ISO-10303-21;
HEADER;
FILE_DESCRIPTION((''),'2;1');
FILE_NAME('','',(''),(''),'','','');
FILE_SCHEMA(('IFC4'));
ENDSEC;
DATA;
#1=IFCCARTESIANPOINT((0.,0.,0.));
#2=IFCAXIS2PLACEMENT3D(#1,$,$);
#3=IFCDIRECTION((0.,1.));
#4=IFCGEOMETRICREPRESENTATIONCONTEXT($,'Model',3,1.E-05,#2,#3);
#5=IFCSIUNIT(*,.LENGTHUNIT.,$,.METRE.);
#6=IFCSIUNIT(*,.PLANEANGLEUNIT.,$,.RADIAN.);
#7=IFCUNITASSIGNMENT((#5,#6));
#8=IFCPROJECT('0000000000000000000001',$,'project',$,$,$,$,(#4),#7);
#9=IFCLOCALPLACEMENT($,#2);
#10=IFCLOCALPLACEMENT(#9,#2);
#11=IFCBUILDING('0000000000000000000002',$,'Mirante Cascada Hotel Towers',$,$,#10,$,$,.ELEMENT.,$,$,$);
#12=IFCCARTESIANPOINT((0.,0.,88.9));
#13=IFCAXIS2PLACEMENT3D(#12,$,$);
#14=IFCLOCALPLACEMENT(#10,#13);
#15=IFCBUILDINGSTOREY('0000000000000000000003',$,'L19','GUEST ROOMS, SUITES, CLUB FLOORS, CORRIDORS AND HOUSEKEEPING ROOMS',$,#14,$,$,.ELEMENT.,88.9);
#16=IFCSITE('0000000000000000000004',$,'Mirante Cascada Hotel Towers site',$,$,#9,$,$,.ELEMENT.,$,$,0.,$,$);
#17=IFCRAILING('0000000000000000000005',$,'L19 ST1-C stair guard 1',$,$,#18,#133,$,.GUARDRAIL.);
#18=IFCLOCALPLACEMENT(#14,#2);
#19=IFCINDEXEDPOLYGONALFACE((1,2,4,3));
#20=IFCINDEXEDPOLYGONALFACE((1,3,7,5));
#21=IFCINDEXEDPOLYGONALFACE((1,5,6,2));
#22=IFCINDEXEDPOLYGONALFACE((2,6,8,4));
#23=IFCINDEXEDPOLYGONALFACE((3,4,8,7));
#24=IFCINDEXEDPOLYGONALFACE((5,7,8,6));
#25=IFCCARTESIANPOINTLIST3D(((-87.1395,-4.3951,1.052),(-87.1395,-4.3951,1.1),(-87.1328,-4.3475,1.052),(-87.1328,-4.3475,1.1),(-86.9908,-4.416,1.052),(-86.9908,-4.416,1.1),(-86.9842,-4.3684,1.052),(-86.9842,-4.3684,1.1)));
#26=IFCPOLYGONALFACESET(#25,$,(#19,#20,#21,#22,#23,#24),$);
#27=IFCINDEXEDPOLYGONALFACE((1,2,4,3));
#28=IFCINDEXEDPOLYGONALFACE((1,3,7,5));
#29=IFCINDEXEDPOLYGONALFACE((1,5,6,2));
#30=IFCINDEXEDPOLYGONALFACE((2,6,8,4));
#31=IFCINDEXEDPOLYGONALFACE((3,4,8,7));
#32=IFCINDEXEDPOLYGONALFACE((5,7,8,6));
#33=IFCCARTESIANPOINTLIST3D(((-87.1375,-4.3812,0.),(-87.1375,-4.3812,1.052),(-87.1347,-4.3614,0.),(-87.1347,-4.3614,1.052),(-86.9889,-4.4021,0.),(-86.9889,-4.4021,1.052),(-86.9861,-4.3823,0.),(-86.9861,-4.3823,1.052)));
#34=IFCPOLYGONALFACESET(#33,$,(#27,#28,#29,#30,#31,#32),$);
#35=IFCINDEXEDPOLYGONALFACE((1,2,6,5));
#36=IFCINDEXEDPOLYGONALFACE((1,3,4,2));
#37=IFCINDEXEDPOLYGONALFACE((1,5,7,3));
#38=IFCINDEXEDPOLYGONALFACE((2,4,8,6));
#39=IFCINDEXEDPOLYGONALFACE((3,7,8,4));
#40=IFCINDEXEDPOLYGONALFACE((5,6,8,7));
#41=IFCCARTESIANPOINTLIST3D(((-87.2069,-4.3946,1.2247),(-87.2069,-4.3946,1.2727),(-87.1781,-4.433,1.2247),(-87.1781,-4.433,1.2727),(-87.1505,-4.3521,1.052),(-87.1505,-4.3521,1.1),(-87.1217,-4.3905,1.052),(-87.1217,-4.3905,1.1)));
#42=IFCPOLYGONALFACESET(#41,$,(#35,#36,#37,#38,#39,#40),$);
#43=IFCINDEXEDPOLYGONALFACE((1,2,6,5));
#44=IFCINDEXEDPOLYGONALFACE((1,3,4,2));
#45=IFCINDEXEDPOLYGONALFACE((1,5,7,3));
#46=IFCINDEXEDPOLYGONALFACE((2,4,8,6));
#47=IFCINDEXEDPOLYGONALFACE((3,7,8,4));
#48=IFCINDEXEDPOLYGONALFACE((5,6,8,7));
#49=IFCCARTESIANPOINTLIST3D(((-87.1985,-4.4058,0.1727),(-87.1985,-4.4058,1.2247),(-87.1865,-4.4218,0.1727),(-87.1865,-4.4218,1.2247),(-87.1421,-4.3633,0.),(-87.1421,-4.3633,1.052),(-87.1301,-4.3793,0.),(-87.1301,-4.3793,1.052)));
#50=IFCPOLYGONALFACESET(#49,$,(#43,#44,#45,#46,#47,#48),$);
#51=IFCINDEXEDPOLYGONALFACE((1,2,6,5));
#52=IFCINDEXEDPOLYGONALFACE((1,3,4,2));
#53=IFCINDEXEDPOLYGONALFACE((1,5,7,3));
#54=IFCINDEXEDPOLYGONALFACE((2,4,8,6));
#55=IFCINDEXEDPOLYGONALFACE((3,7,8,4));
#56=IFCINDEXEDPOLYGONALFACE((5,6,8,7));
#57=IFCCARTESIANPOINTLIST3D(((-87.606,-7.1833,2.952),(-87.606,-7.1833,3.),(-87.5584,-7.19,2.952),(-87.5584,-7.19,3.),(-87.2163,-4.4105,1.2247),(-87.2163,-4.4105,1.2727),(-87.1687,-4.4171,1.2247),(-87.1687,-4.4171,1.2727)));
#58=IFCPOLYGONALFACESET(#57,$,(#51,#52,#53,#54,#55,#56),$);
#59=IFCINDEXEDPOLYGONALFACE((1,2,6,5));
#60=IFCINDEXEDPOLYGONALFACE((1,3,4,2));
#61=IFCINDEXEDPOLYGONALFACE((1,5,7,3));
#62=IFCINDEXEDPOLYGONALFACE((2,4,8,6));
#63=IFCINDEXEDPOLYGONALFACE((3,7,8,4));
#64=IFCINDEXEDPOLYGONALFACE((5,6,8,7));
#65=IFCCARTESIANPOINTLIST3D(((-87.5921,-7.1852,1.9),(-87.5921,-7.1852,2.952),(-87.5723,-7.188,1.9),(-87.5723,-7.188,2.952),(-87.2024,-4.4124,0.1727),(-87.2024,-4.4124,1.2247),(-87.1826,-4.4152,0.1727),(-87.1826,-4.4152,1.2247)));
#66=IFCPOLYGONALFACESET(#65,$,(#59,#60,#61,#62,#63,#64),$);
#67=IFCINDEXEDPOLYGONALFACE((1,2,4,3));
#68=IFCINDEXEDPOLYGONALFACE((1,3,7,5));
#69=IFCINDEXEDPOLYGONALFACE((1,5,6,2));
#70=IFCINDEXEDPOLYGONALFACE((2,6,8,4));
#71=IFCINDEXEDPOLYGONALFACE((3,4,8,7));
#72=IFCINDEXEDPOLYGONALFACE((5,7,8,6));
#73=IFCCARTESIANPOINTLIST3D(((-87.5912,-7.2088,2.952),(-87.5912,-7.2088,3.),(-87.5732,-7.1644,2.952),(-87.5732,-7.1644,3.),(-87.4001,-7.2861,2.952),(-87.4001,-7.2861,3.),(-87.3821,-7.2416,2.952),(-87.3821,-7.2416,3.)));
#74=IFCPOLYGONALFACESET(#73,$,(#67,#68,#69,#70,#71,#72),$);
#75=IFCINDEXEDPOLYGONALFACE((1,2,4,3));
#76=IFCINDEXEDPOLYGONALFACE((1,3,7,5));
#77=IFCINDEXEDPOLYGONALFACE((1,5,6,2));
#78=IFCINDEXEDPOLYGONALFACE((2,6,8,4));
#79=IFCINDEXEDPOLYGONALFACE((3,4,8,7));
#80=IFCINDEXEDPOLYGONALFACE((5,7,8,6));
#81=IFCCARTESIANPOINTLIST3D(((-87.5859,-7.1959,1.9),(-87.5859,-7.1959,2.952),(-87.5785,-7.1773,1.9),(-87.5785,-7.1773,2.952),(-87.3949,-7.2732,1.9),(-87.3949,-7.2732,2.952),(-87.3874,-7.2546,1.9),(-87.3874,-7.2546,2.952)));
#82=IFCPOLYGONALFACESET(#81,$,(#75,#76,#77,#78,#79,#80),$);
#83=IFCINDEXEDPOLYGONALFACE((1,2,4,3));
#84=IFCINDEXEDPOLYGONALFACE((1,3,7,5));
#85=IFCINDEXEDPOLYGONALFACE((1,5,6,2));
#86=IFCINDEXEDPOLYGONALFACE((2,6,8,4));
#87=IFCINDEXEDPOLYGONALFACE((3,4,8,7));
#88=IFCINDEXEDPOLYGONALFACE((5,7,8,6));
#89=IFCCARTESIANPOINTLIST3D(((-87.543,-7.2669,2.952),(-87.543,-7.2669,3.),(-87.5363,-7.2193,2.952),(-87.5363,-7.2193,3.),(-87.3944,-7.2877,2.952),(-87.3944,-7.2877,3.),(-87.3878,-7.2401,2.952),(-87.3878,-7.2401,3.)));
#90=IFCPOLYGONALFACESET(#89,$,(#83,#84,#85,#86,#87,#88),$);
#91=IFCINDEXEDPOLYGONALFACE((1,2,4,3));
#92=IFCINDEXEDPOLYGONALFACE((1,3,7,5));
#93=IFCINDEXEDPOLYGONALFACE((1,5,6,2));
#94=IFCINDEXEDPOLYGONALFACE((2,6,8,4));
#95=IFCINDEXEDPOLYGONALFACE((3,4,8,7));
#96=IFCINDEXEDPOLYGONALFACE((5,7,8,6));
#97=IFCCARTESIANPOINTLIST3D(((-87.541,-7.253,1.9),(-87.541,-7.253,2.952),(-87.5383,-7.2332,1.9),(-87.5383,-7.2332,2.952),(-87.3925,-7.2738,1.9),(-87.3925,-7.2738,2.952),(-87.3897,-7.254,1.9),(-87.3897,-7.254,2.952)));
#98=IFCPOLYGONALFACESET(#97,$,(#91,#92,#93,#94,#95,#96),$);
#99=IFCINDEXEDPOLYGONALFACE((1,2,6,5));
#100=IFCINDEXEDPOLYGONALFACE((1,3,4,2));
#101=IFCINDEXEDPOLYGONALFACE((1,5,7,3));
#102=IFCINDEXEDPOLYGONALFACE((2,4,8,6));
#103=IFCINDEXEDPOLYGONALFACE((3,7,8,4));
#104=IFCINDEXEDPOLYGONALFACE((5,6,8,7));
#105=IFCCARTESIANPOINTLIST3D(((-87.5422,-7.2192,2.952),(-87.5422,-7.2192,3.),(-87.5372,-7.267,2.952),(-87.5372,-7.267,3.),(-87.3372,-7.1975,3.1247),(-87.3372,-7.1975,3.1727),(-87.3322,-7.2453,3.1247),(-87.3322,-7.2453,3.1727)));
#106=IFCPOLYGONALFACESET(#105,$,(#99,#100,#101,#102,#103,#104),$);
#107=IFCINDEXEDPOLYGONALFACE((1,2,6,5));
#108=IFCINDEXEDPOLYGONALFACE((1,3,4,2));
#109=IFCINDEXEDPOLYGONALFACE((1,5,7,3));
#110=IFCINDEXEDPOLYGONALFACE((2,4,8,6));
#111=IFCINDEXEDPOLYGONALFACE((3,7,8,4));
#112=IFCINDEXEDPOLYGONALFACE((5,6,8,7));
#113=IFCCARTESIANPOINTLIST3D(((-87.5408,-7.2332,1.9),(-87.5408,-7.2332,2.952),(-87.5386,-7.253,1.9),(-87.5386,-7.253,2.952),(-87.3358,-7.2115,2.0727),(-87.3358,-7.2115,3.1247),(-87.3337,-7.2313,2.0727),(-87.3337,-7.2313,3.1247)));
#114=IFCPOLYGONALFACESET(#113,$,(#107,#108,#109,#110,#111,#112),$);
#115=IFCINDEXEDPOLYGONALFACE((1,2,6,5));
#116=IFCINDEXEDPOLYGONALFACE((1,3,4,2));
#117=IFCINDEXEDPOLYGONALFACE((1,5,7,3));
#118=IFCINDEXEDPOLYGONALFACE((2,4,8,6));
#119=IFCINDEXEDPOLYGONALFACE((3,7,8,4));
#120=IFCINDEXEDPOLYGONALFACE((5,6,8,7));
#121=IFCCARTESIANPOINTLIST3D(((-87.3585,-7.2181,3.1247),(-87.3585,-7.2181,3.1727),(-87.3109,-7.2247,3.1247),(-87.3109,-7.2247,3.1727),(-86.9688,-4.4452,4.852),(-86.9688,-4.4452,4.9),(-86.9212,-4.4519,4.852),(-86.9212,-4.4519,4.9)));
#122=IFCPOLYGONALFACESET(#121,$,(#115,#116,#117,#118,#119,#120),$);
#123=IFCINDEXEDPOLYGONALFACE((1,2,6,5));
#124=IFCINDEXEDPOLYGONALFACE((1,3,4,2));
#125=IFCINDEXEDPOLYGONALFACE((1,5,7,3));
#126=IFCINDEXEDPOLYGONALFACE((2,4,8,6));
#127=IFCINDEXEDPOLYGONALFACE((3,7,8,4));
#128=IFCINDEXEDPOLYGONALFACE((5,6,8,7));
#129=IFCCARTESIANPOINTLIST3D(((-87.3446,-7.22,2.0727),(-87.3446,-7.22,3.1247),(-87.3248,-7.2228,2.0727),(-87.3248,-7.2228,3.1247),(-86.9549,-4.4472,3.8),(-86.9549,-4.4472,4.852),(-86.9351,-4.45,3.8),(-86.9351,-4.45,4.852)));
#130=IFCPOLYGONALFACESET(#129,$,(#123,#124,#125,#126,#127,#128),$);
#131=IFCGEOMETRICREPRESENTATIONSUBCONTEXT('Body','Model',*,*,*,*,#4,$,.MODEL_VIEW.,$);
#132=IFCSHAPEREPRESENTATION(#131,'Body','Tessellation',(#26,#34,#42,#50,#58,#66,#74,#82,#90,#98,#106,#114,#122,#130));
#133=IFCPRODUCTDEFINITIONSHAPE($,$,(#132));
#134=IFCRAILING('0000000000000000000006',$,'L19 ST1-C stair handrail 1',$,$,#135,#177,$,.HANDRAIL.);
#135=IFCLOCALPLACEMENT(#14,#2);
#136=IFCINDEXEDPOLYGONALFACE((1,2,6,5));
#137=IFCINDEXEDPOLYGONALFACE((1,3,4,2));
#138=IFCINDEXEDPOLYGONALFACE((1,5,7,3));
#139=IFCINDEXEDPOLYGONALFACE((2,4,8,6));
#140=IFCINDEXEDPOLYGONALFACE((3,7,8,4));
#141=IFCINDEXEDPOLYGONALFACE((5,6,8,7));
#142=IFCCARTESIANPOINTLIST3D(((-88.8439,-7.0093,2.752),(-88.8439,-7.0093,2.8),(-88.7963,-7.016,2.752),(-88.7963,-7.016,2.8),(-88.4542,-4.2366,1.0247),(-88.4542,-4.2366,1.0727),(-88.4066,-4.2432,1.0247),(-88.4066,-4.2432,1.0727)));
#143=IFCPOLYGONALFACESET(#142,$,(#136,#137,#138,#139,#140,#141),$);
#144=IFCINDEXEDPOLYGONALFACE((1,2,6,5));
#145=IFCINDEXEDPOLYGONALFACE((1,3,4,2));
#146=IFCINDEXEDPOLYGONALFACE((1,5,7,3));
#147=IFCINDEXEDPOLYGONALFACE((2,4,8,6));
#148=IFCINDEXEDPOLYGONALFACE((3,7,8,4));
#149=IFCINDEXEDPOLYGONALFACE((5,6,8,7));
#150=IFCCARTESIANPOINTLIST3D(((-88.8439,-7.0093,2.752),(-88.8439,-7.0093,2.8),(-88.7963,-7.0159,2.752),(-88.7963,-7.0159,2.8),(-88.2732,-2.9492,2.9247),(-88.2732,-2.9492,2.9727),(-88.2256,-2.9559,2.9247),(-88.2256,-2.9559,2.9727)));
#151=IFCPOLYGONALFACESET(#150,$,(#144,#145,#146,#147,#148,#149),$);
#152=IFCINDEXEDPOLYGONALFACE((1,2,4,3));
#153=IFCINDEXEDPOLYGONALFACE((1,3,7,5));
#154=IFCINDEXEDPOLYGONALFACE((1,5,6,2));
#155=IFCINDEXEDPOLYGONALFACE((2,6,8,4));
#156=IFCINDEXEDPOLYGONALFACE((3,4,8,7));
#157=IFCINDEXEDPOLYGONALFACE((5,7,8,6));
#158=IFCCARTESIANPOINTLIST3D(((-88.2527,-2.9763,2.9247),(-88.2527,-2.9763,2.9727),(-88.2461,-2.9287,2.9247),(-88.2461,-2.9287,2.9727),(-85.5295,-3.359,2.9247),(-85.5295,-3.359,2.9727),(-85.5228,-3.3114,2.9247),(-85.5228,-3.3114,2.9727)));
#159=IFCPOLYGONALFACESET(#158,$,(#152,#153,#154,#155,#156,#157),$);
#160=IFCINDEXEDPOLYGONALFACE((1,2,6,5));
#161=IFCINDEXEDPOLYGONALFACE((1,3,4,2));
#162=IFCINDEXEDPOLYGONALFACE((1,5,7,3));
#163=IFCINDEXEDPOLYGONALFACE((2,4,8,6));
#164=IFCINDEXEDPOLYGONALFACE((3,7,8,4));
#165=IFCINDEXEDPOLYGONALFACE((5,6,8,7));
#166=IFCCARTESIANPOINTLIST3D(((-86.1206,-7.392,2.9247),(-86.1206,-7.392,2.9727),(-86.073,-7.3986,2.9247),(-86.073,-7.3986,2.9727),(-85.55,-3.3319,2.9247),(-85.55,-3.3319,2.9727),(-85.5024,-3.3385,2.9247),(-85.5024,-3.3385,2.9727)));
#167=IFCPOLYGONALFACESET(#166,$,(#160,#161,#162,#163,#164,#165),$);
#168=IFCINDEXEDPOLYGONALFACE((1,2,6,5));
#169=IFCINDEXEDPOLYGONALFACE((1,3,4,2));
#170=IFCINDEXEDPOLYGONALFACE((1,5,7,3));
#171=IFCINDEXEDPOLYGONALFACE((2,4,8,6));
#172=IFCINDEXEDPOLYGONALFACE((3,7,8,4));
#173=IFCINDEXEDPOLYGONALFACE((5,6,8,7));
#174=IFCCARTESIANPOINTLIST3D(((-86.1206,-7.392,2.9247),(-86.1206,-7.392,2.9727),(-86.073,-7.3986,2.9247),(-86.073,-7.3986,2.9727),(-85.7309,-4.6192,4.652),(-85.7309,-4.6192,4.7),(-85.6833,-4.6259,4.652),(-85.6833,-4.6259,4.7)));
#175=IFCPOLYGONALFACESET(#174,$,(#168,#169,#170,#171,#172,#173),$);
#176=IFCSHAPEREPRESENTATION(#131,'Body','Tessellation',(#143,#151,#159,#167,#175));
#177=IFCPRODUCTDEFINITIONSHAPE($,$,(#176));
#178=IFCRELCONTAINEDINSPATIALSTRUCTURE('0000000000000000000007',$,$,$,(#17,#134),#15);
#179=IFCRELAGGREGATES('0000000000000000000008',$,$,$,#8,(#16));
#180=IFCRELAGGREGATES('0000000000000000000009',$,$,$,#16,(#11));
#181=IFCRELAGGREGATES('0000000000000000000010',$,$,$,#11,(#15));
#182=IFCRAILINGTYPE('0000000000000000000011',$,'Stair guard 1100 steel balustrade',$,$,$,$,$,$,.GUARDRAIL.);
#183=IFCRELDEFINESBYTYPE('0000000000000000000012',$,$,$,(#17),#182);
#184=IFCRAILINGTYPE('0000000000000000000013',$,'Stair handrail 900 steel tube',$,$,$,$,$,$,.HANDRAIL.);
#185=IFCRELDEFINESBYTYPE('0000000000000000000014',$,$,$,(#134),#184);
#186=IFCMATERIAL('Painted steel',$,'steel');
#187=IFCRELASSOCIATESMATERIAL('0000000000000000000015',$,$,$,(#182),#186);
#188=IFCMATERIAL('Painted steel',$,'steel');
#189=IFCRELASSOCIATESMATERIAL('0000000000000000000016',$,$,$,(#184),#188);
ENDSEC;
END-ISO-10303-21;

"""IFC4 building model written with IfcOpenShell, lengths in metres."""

from ifc_helpers import new_model, si_unit, direction, frame, origin, origin_2d, place, context, subcontext, project, spatial, rectangle, extrude, material, type_object, element, save


model = new_model("IFC4")

# Units and contexts
model_context = context("Model", 3, precision=1e-05, world=origin(), true_north=direction((0.0, 1.0)))
body_context = subcontext(model_context, "Body", "Model", "MODEL_VIEW")
ifc_project = project(units=[si_unit("LENGTHUNIT", "METRE"), si_unit("PLANEANGLEUNIT", "RADIAN")], contexts=[model_context])

# Site, building, storey
site_placement = place(None, origin())
site = spatial("IfcSite", under=ifc_project, at=site_placement, Name="Mirante Cascada Hotel Towers site", CompositionType="ELEMENT", RefElevation=0.0)
building_placement = place(site_placement, origin())
building = spatial("IfcBuilding", under=site, at=building_placement, Name="Mirante Cascada Hotel Towers", CompositionType="ELEMENT")
storey_placement = place(building_placement, frame((0.0, 0.0, 88.9)))
storey = spatial("IfcBuildingStorey", under=building, at=storey_placement, Name="L19", Description="GUEST ROOMS, SUITES, CLUB FLOORS, CORRIDORS AND HOUSEKEEPING ROOMS", CompositionType="ELEMENT", Elevation=88.9)

# Railings
ifc_material_1 = material(Name="Painted steel", Category="steel")
railing_type_1 = type_object("IfcRailingType", Name="Stair guard 1100 steel balustrade", PredefinedType="GUARDRAIL", material=ifc_material_1)
railing_1_placement = place(storey_placement, frame((-86.9875, -4.3922, 0.0)))
element("IfcRailing", 1, at=railing_1_placement, inside=storey, type_object=railing_type_1, Name="L19 ST1-C stair guard 1", PredefinedType="GUARDRAIL", context=body_context, shape_type="SweptSolid", body=[
    extrude(rectangle(XDim=0.048, YDim=0.048, at=origin_2d()), frame((0.0, 0.0, 1.076), z_axis=(-0.990254, 0.139275, 0.0), x_axis=(-0.139275, -0.990254, 0.0)), (0.0, 0.0, 1.0), 0.1501),
    extrude(rectangle(XDim=0.02, YDim=1.052, at=origin_2d()), frame((0.0, 0.0, 0.526), z_axis=(-0.990254, 0.139275, 0.0), x_axis=(-0.139275, -0.990254, 0.0)), (0.0, 0.0, 1.0), 0.1501),
    extrude(rectangle(XDim=0.048, YDim=0.048, at=origin_2d()), frame((-0.1486, 0.0209, 1.076), z_axis=(-0.798639, -0.601811, 0.0), x_axis=(0.601811, -0.798639, 0.0)), (0.0, 0.925603, 0.378496), 0.1866),
    extrude(rectangle(XDim=0.02, YDim=1.052, at=origin_2d()), frame((-0.1486, 0.0209, 0.526), z_axis=(-0.798639, -0.601811, 0.0), x_axis=(0.601811, -0.798639, 0.0)), (0.0, 0.925603, 0.378496), 0.1866),
    extrude(rectangle(XDim=0.048, YDim=0.048, at=origin_2d()), frame((-0.205, -0.0216, 1.2487), z_axis=(-0.139176, -0.990268, 0.0), x_axis=(0.990268, -0.139176, 0.0)), (0.0, 0.525021, 0.851089), 3.29),
    extrude(rectangle(XDim=0.02, YDim=1.052, at=origin_2d()), frame((-0.205, -0.0216, 0.6987), z_axis=(-0.139176, -0.990268, 0.0), x_axis=(0.990268, -0.139176, 0.0)), (0.0, 0.525021, 0.851089), 3.29),
    extrude(rectangle(XDim=0.048, YDim=0.048, at=origin_2d()), frame((-0.5947, -2.7944, 2.976), z_axis=(0.927031, -0.374984, 0.0), x_axis=(0.374984, 0.927031, 0.0)), (0.0, 0.0, 1.0), 0.2061),
    extrude(rectangle(XDim=0.02, YDim=1.052, at=origin_2d()), frame((-0.5947, -2.7944, 2.426), z_axis=(0.927031, -0.374984, 0.0), x_axis=(0.374984, 0.927031, 0.0)), (0.0, 0.0, 1.0), 0.2061),
    extrude(rectangle(XDim=0.048, YDim=0.048, at=origin_2d()), frame((-0.4036, -2.8717, 2.976), z_axis=(-0.990345, 0.138622, 0.0), x_axis=(-0.138622, -0.990345, 0.0)), (0.0, 0.0, 1.0), 0.15),
    extrude(rectangle(XDim=0.02, YDim=1.052, at=origin_2d()), frame((-0.4036, -2.8717, 2.426), z_axis=(-0.990345, 0.138622, 0.0), x_axis=(-0.138622, -0.990345, 0.0)), (0.0, 0.0, 1.0), 0.15),
    extrude(rectangle(XDim=0.048, YDim=0.048, at=origin_2d()), frame((-0.5522, -2.8509, 2.976), z_axis=(0.994444, 0.105266, 0.0), x_axis=(-0.105266, 0.994444, 0.0)), (0.0, 0.642184, 0.76655), 0.2689),
    extrude(rectangle(XDim=0.02, YDim=1.052, at=origin_2d()), frame((-0.5522, -2.8509, 2.426), z_axis=(0.994444, 0.105266, 0.0), x_axis=(-0.105266, 0.994444, 0.0)), (0.0, 0.642184, 0.76655), 0.2689),
    extrude(rectangle(XDim=0.048, YDim=0.048, at=origin_2d()), frame((-0.3472, -2.8292, 3.1487), z_axis=(0.139176, 0.990268, 0.0), x_axis=(-0.990268, 0.139176, 0.0)), (0.0, 0.525021, 0.851089), 3.29),
    extrude(rectangle(XDim=0.02, YDim=1.052, at=origin_2d()), frame((-0.3472, -2.8292, 2.5987), z_axis=(0.139176, 0.990268, 0.0), x_axis=(-0.990268, 0.139176, 0.0)), (0.0, 0.525021, 0.851089), 3.29),
])
ifc_material_2 = material(Name="Painted steel", Category="steel")
railing_type_2 = type_object("IfcRailingType", Name="Stair handrail 900 steel tube", PredefinedType="HANDRAIL", material=ifc_material_2)
railing_2_placement = place(storey_placement, frame((-88.4304, -4.2399, 0.1727)))
element("IfcRailing", 2, at=railing_2_placement, inside=storey, type_object=railing_type_2, Name="L19 ST1-C stair handrail 1", PredefinedType="HANDRAIL", context=body_context, shape_type="SweptSolid", body=[
    extrude(rectangle(XDim=0.048, YDim=0.048, at=origin_2d()), frame((0.0, 0.0, 0.876), z_axis=(-0.139181, -0.990267, 0.0), x_axis=(0.990267, -0.139181, 0.0)), (0.0, 0.525035, 0.851081), 3.2899),
    extrude(rectangle(XDim=0.048, YDim=0.048, at=origin_2d()), frame((-0.3897, -2.7727, 2.6033), z_axis=(0.139195, 0.990265, 0.0), x_axis=(-0.990265, 0.139195, 0.0)), (0.0, 0.042084, 0.999114), 4.1036),
    extrude(rectangle(XDim=0.048, YDim=0.048, at=origin_2d()), frame((0.181, 1.2874, 2.776), z_axis=(0.990269, -0.139166, 0.0), x_axis=(0.139166, 0.990269, 0.0)), (0.0, 0.0, 1.0), 2.75),
    extrude(rectangle(XDim=0.048, YDim=0.048, at=origin_2d()), frame((2.9042, 0.9047, 2.776), z_axis=(-0.139171, -0.990268, 0.0), x_axis=(0.990268, -0.139171, 0.0)), (0.0, 0.0, 1.0), 4.1),
    extrude(rectangle(XDim=0.048, YDim=0.048, at=origin_2d()), frame((2.3336, -3.1554, 2.776), z_axis=(0.139181, 0.990267, 0.0), x_axis=(-0.990267, 0.139181, 0.0)), (0.0, 0.525035, 0.851081), 3.2899),
])

save(model, "model.ifc")
